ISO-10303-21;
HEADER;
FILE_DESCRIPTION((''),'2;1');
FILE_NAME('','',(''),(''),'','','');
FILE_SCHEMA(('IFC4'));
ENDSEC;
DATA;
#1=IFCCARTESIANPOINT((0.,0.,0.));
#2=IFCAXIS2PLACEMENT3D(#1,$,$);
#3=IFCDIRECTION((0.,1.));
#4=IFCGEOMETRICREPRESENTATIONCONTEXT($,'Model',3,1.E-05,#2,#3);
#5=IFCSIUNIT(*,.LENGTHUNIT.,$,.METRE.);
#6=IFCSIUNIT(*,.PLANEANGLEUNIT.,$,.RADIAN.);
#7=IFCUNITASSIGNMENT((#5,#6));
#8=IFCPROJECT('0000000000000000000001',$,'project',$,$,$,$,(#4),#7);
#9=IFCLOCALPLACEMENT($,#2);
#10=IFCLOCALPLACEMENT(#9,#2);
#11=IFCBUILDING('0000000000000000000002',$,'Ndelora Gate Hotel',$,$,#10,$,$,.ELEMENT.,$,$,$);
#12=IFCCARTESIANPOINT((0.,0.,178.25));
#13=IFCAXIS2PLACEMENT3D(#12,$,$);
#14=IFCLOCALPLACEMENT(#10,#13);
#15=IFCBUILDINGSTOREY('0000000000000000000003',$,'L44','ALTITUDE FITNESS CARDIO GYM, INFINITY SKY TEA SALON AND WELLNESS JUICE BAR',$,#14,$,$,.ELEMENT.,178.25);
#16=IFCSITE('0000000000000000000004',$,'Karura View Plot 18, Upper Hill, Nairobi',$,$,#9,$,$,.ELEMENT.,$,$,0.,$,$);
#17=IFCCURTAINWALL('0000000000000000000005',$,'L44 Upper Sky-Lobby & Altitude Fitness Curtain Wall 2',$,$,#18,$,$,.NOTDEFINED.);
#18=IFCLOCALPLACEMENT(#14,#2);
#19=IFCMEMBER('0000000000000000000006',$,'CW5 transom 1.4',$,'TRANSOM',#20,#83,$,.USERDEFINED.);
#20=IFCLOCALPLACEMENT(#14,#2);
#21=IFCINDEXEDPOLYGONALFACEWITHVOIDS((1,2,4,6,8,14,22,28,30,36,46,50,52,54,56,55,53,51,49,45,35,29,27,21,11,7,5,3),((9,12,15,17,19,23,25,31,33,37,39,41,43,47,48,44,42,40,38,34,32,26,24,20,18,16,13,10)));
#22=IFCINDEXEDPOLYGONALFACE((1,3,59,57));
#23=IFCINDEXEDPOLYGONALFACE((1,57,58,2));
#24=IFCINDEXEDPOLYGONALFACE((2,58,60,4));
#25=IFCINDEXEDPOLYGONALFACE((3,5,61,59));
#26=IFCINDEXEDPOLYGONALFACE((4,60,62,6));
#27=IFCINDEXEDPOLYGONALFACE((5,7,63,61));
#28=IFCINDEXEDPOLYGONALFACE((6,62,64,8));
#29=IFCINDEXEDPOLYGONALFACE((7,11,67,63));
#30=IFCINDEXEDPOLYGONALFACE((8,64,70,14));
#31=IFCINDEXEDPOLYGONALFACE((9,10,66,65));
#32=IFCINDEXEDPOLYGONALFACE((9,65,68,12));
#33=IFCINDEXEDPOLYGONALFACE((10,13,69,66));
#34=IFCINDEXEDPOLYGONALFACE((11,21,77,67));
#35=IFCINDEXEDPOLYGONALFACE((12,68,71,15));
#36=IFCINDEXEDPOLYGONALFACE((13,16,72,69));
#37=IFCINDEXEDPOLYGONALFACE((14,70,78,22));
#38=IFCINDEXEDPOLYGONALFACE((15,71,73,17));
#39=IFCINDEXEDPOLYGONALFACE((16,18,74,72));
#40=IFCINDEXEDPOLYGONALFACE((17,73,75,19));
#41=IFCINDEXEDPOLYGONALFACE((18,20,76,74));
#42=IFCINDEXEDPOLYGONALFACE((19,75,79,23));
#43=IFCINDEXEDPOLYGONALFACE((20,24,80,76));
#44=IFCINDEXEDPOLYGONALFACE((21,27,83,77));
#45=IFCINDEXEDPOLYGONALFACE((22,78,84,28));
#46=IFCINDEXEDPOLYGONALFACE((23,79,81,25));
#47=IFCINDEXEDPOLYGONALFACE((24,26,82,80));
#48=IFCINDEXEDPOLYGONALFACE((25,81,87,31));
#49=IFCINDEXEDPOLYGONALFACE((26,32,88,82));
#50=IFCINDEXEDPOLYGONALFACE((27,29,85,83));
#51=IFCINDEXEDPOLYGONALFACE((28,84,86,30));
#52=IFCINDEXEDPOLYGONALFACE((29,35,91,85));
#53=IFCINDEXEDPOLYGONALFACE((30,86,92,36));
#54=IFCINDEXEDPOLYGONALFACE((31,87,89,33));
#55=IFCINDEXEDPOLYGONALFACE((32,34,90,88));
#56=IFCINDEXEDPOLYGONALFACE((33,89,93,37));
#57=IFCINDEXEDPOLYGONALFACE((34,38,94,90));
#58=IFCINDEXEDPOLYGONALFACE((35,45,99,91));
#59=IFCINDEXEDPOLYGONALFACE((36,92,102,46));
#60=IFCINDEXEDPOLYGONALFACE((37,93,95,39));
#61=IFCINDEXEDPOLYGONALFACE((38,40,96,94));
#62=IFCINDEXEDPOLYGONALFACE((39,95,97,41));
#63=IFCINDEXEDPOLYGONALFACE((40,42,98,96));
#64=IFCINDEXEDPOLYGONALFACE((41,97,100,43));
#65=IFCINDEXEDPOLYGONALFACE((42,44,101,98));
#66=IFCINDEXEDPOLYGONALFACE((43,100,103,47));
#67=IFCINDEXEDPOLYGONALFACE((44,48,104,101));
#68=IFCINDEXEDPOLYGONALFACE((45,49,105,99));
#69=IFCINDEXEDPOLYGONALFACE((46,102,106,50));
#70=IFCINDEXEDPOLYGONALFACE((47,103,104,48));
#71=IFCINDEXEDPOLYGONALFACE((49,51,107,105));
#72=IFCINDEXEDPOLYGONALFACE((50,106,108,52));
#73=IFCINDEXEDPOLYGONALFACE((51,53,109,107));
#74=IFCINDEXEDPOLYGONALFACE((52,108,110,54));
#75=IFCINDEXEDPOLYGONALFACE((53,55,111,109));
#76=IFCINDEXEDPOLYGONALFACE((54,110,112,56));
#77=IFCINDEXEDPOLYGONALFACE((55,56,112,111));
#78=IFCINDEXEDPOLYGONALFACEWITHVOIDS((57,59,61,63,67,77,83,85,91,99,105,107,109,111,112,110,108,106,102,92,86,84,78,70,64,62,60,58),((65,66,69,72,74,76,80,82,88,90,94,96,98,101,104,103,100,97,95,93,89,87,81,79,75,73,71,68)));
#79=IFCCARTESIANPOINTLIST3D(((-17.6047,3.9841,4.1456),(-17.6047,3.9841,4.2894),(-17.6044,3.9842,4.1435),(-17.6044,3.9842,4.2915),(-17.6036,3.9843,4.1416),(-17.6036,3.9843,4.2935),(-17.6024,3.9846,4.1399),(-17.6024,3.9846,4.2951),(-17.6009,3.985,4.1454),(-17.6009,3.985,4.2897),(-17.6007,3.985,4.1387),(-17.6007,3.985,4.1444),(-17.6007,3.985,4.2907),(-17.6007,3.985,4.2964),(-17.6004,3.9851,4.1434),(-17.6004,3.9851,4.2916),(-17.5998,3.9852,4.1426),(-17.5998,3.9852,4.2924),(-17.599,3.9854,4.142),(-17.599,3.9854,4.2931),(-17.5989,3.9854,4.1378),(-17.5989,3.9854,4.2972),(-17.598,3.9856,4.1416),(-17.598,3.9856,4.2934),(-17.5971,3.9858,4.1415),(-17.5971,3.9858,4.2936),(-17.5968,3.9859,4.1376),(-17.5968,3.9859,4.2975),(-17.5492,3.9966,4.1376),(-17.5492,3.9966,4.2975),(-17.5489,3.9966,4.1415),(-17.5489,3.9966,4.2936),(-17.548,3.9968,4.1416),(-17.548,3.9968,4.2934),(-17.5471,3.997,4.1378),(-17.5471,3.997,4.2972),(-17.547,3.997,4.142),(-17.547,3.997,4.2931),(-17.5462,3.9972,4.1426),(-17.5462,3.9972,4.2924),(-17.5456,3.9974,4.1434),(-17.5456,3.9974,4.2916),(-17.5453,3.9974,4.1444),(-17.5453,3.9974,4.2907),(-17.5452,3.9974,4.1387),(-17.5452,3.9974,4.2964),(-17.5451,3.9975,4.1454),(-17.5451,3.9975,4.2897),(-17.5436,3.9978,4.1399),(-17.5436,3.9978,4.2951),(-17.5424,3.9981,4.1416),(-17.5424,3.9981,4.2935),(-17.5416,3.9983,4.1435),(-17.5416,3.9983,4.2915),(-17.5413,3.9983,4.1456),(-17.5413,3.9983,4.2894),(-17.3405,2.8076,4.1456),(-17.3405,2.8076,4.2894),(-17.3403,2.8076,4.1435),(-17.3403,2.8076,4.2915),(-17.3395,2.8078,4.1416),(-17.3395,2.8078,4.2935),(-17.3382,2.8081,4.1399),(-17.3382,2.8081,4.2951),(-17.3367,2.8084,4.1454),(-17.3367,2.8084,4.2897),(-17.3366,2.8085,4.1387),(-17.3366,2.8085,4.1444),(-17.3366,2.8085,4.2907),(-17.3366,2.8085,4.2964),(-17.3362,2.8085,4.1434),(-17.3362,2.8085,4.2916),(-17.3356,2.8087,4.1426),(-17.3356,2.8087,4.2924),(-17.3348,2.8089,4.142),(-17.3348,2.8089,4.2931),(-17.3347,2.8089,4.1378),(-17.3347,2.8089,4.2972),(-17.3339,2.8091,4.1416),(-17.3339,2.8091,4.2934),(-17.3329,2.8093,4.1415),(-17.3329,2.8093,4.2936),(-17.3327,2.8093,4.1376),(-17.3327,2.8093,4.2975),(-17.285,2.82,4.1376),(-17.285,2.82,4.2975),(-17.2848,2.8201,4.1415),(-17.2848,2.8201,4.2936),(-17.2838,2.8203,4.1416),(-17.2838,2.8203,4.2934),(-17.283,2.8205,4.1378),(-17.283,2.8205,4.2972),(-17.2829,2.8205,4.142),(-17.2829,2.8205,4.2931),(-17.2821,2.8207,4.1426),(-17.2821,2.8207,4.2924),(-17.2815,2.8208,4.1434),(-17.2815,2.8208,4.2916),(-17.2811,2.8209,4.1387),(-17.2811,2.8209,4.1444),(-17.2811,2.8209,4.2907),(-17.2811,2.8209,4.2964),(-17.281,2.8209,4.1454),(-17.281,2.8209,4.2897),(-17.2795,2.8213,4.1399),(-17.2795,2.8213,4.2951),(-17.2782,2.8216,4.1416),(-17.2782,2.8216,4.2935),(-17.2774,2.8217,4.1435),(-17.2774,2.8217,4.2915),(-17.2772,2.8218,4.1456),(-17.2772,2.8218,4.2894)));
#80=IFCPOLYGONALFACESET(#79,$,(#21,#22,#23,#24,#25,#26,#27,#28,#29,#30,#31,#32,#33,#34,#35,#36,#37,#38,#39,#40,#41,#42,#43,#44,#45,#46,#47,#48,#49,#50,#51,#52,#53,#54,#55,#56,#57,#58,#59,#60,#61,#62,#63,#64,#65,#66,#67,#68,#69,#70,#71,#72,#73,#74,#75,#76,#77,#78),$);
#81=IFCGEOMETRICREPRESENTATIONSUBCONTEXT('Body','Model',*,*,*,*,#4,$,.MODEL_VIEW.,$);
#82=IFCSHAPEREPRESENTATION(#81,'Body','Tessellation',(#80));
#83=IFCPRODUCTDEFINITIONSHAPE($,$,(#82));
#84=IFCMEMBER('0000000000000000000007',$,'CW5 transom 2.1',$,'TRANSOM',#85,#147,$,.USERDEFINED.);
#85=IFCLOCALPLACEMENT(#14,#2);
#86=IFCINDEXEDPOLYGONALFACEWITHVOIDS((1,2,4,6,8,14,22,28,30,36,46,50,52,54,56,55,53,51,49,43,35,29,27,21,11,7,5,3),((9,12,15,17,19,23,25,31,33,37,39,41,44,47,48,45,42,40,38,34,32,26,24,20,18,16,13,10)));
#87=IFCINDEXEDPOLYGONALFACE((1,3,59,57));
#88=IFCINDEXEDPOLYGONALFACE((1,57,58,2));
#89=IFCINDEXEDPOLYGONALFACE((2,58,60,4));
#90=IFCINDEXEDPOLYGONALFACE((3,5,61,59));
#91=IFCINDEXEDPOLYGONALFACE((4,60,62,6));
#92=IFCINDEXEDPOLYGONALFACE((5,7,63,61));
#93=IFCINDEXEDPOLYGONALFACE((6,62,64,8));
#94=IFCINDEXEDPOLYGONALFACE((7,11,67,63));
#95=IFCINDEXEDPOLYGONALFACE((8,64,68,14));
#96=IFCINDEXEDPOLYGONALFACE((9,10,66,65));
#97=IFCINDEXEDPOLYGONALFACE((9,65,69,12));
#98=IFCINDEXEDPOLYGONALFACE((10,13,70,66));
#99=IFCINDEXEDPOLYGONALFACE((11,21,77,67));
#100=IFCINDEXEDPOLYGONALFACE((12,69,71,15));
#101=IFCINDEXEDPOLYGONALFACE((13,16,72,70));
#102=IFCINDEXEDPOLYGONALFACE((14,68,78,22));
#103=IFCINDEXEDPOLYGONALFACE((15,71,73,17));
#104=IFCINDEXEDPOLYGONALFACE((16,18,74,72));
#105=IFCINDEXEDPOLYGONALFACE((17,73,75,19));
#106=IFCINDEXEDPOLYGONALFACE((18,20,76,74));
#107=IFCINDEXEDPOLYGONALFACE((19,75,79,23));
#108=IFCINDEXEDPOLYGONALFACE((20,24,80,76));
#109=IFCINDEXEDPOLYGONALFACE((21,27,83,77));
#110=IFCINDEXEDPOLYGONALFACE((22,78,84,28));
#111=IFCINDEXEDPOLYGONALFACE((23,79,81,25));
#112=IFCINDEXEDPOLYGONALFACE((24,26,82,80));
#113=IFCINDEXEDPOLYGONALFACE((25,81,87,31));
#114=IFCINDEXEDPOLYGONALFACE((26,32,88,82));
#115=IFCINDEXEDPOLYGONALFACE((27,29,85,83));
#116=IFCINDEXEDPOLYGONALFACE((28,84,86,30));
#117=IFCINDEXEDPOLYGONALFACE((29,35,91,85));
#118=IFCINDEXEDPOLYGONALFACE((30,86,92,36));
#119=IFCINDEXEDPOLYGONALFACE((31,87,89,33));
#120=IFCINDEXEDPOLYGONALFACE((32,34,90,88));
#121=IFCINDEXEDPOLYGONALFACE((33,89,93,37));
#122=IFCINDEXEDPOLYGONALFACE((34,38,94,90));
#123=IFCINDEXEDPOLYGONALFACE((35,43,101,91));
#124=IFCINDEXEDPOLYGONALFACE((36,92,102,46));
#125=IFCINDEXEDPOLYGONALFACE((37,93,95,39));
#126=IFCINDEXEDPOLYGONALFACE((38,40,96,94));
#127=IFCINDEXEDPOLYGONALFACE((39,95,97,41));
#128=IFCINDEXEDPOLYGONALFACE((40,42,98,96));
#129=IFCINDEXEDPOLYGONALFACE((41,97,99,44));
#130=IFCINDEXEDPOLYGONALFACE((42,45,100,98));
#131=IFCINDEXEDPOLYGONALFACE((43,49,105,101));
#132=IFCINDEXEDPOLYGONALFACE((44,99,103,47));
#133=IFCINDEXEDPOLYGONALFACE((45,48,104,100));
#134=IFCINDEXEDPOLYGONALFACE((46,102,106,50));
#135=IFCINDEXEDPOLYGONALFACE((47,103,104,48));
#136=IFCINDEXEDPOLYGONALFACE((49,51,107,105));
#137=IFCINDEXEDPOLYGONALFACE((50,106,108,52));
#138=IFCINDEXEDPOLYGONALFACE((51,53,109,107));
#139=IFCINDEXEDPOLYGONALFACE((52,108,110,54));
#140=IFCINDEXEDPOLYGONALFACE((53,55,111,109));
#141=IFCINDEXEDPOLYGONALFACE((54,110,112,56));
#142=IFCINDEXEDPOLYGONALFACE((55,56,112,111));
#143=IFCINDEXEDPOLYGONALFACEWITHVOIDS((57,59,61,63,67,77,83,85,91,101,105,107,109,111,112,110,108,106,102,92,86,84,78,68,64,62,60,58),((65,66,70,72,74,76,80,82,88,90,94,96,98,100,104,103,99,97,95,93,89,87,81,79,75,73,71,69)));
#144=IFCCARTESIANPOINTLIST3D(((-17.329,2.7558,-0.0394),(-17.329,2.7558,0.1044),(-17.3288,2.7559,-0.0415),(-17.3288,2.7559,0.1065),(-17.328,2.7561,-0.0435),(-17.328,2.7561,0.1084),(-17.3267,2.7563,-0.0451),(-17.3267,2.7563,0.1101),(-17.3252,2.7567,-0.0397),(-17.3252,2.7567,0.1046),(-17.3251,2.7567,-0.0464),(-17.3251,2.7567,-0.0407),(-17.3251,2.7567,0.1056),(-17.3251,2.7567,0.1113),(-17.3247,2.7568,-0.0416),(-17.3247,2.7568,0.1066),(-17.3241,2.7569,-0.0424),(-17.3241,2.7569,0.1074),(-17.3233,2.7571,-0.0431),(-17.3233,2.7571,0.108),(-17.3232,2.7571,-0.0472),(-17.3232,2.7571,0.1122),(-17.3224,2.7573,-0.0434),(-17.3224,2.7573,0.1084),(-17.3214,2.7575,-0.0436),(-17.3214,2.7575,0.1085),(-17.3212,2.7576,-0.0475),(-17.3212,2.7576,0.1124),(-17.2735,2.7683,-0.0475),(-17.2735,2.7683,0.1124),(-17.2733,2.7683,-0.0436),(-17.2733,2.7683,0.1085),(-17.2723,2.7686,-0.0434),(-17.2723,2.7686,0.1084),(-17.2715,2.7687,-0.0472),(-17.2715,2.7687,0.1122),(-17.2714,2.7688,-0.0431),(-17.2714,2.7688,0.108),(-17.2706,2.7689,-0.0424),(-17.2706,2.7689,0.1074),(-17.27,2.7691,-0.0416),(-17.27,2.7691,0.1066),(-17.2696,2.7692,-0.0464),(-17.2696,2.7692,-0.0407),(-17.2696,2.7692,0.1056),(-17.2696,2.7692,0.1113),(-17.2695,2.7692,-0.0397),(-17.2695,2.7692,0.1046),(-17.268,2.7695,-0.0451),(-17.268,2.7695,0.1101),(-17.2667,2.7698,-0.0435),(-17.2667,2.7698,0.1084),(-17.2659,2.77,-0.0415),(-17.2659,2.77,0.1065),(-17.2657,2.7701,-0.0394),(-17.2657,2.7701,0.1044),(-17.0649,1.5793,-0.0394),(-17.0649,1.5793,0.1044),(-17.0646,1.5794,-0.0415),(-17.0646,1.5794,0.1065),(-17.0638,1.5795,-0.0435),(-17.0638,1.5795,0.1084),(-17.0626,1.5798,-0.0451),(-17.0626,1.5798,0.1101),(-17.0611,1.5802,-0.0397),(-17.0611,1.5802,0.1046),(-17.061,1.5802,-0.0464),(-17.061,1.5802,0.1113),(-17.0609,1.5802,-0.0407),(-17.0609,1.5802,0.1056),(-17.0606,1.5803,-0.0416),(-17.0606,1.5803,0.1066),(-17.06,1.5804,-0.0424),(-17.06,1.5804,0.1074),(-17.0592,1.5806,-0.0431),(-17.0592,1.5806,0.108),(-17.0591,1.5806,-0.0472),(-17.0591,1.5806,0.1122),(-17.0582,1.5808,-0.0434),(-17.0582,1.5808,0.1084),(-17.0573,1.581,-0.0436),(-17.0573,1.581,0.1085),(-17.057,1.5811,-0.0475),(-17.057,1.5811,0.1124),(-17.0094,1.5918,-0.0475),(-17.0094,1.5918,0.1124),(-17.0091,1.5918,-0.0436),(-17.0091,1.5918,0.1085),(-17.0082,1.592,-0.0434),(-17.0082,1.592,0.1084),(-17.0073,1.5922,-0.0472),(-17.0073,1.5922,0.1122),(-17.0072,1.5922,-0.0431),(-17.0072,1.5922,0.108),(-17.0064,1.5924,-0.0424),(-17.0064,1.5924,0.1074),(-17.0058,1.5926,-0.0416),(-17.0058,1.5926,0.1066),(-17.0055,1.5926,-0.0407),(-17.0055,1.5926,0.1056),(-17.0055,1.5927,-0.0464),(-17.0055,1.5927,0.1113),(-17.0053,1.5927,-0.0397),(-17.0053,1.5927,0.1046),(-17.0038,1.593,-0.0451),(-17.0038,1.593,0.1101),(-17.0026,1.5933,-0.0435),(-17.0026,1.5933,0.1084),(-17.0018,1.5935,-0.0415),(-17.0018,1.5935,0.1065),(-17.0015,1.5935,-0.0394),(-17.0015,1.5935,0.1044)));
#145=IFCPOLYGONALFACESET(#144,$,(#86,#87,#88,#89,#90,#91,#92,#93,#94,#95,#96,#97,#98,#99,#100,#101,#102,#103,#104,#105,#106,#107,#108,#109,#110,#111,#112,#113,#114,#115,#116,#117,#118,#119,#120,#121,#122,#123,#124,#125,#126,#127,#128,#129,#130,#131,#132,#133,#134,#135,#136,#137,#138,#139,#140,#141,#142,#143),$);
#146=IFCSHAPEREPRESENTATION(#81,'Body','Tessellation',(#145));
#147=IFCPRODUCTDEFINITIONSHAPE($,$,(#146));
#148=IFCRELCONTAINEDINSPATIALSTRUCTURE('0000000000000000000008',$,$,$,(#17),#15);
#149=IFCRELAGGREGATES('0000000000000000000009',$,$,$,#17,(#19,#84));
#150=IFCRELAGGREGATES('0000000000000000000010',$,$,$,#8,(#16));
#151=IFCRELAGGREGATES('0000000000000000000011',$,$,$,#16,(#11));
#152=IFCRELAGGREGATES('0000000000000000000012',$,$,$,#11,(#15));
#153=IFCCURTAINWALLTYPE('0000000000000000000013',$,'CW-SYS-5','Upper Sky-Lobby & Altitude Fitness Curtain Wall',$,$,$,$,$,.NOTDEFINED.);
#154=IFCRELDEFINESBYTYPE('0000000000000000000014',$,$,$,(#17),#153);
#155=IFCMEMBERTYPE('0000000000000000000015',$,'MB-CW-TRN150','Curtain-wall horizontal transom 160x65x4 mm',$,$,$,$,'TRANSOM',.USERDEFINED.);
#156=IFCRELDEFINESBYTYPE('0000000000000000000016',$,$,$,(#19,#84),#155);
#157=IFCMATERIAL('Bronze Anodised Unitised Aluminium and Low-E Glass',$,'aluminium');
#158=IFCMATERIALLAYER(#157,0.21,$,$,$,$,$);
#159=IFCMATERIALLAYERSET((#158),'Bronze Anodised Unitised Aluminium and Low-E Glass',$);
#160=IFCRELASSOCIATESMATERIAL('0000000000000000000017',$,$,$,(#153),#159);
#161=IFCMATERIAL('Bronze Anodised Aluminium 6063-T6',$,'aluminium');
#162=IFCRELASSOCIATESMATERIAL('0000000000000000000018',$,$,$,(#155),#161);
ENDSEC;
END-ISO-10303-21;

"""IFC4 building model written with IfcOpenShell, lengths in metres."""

from ifc_helpers import new_model, si_unit, direction, frame, origin, origin_2d, place, context, subcontext, project, spatial, hollow_rectangle, extrude, material, layer, layer_set, material_profile, profile_set, type_object, element, aggregate, save


model = new_model("IFC4")

# Units and contexts
model_context = context("Model", 3, precision=1e-05, world=origin(), true_north=direction((0.0, 1.0)))
body_context = subcontext(model_context, "Body", "Model", "MODEL_VIEW")
ifc_project = project(units=[si_unit("LENGTHUNIT", "METRE"), si_unit("PLANEANGLEUNIT", "RADIAN")], contexts=[model_context])

# Site, building, storey
site_placement = place(None, origin())
site = spatial("IfcSite", under=ifc_project, at=site_placement, Name="Karura View Plot 18, Upper Hill, Nairobi", CompositionType="ELEMENT", RefElevation=0.0)
building_placement = place(site_placement, origin())
building = spatial("IfcBuilding", under=site, at=building_placement, Name="Ndelora Gate Hotel", CompositionType="ELEMENT")
storey_placement = place(building_placement, frame((0.0, 0.0, 178.25)))
storey = spatial("IfcBuildingStorey", under=building, at=storey_placement, Name="L44", Description="ALTITUDE FITNESS CARDIO GYM, INFINITY SKY TEA SALON AND WELLNESS JUICE BAR", CompositionType="ELEMENT", Elevation=178.25)

# Curtain wall
ifc_material_1 = material(Name="Bronze Anodised Unitised Aluminium and Low-E Glass", Category="aluminium")
ifc_layer_1 = layer(ifc_material_1, 0.21)
ifc_layer_set_1 = layer_set([ifc_layer_1], Name="Bronze Anodised Unitised Aluminium and Low-E Glass")
curtain_wall_type = type_object("IfcCurtainWallType", Name="CW-SYS-5", Description="Upper Sky-Lobby & Altitude Fitness Curtain Wall", PredefinedType="NOTDEFINED", material=ifc_layer_set_1)
ifc_material_2 = material(Name="Bronze Anodised Aluminium 6063-T6", Category="aluminium")
curtain_wall_1_placement = place(storey_placement, origin())
curtain_wall_1 = element("IfcCurtainWall", 1, at=curtain_wall_1_placement, inside=storey, type_object=curtain_wall_type, Name="L44 Upper Sky-Lobby & Altitude Fitness Curtain Wall 2", PredefinedType="NOTDEFINED")

# Members
ifc_material_profile_1 = material_profile(ifc_material_2, hollow_rectangle(XDim=0.0649, YDim=0.1599, WallThickness=0.0039, InnerFilletRadius=0.0039, OuterFilletRadius=0.0081, at=origin_2d()), Name="ALU 160x65x4")
ifc_profile_set_1 = profile_set([ifc_material_profile_1], Name="Bronze Anodised Aluminium 6063-T6")
member_type_1 = type_object("IfcMemberType", Name="MB-CW-TRN150", Description="Curtain-wall horizontal transom 160x65x4 mm", ElementType="TRANSOM", PredefinedType="USERDEFINED", material=ifc_profile_set_1)
member_1_placement = place(storey_placement, frame((-17.573, 3.9912, 4.2175), z_axis=(0.219074, -0.975708, 0.0), x_axis=(0.975708, 0.219074, 0.0)))
member_1 = element("IfcMember", 2, at=member_1_placement, type_object=member_type_1, Name="CW5 transom 1.4", ObjectType="TRANSOM", PredefinedType="USERDEFINED", context=body_context, shape_type="SweptSolid", body=[
    extrude(hollow_rectangle(XDim=0.0649, YDim=0.1599, WallThickness=0.0039, InnerFilletRadius=0.0039, OuterFilletRadius=0.0081, at=origin_2d()), origin(), (0.0, 0.0, 1.0), 1.2058),
])
member_2_placement = place(storey_placement, frame((-17.2974, 2.7629, 0.0325), z_axis=(0.219074, -0.975708, 0.0), x_axis=(0.975708, 0.219074, 0.0)))
member_2 = element("IfcMember", 3, at=member_2_placement, type_object=member_type_1, Name="CW5 transom 2.1", ObjectType="TRANSOM", PredefinedType="USERDEFINED", context=body_context, shape_type="SweptSolid", body=[
    extrude(hollow_rectangle(XDim=0.0649, YDim=0.1599, WallThickness=0.0039, InnerFilletRadius=0.0039, OuterFilletRadius=0.0081, at=origin_2d()), origin(), (0.0, 0.0, 1.0), 1.2058),
])

aggregate(curtain_wall_1, [member_1, member_2])

save(model, "model.ifc")
